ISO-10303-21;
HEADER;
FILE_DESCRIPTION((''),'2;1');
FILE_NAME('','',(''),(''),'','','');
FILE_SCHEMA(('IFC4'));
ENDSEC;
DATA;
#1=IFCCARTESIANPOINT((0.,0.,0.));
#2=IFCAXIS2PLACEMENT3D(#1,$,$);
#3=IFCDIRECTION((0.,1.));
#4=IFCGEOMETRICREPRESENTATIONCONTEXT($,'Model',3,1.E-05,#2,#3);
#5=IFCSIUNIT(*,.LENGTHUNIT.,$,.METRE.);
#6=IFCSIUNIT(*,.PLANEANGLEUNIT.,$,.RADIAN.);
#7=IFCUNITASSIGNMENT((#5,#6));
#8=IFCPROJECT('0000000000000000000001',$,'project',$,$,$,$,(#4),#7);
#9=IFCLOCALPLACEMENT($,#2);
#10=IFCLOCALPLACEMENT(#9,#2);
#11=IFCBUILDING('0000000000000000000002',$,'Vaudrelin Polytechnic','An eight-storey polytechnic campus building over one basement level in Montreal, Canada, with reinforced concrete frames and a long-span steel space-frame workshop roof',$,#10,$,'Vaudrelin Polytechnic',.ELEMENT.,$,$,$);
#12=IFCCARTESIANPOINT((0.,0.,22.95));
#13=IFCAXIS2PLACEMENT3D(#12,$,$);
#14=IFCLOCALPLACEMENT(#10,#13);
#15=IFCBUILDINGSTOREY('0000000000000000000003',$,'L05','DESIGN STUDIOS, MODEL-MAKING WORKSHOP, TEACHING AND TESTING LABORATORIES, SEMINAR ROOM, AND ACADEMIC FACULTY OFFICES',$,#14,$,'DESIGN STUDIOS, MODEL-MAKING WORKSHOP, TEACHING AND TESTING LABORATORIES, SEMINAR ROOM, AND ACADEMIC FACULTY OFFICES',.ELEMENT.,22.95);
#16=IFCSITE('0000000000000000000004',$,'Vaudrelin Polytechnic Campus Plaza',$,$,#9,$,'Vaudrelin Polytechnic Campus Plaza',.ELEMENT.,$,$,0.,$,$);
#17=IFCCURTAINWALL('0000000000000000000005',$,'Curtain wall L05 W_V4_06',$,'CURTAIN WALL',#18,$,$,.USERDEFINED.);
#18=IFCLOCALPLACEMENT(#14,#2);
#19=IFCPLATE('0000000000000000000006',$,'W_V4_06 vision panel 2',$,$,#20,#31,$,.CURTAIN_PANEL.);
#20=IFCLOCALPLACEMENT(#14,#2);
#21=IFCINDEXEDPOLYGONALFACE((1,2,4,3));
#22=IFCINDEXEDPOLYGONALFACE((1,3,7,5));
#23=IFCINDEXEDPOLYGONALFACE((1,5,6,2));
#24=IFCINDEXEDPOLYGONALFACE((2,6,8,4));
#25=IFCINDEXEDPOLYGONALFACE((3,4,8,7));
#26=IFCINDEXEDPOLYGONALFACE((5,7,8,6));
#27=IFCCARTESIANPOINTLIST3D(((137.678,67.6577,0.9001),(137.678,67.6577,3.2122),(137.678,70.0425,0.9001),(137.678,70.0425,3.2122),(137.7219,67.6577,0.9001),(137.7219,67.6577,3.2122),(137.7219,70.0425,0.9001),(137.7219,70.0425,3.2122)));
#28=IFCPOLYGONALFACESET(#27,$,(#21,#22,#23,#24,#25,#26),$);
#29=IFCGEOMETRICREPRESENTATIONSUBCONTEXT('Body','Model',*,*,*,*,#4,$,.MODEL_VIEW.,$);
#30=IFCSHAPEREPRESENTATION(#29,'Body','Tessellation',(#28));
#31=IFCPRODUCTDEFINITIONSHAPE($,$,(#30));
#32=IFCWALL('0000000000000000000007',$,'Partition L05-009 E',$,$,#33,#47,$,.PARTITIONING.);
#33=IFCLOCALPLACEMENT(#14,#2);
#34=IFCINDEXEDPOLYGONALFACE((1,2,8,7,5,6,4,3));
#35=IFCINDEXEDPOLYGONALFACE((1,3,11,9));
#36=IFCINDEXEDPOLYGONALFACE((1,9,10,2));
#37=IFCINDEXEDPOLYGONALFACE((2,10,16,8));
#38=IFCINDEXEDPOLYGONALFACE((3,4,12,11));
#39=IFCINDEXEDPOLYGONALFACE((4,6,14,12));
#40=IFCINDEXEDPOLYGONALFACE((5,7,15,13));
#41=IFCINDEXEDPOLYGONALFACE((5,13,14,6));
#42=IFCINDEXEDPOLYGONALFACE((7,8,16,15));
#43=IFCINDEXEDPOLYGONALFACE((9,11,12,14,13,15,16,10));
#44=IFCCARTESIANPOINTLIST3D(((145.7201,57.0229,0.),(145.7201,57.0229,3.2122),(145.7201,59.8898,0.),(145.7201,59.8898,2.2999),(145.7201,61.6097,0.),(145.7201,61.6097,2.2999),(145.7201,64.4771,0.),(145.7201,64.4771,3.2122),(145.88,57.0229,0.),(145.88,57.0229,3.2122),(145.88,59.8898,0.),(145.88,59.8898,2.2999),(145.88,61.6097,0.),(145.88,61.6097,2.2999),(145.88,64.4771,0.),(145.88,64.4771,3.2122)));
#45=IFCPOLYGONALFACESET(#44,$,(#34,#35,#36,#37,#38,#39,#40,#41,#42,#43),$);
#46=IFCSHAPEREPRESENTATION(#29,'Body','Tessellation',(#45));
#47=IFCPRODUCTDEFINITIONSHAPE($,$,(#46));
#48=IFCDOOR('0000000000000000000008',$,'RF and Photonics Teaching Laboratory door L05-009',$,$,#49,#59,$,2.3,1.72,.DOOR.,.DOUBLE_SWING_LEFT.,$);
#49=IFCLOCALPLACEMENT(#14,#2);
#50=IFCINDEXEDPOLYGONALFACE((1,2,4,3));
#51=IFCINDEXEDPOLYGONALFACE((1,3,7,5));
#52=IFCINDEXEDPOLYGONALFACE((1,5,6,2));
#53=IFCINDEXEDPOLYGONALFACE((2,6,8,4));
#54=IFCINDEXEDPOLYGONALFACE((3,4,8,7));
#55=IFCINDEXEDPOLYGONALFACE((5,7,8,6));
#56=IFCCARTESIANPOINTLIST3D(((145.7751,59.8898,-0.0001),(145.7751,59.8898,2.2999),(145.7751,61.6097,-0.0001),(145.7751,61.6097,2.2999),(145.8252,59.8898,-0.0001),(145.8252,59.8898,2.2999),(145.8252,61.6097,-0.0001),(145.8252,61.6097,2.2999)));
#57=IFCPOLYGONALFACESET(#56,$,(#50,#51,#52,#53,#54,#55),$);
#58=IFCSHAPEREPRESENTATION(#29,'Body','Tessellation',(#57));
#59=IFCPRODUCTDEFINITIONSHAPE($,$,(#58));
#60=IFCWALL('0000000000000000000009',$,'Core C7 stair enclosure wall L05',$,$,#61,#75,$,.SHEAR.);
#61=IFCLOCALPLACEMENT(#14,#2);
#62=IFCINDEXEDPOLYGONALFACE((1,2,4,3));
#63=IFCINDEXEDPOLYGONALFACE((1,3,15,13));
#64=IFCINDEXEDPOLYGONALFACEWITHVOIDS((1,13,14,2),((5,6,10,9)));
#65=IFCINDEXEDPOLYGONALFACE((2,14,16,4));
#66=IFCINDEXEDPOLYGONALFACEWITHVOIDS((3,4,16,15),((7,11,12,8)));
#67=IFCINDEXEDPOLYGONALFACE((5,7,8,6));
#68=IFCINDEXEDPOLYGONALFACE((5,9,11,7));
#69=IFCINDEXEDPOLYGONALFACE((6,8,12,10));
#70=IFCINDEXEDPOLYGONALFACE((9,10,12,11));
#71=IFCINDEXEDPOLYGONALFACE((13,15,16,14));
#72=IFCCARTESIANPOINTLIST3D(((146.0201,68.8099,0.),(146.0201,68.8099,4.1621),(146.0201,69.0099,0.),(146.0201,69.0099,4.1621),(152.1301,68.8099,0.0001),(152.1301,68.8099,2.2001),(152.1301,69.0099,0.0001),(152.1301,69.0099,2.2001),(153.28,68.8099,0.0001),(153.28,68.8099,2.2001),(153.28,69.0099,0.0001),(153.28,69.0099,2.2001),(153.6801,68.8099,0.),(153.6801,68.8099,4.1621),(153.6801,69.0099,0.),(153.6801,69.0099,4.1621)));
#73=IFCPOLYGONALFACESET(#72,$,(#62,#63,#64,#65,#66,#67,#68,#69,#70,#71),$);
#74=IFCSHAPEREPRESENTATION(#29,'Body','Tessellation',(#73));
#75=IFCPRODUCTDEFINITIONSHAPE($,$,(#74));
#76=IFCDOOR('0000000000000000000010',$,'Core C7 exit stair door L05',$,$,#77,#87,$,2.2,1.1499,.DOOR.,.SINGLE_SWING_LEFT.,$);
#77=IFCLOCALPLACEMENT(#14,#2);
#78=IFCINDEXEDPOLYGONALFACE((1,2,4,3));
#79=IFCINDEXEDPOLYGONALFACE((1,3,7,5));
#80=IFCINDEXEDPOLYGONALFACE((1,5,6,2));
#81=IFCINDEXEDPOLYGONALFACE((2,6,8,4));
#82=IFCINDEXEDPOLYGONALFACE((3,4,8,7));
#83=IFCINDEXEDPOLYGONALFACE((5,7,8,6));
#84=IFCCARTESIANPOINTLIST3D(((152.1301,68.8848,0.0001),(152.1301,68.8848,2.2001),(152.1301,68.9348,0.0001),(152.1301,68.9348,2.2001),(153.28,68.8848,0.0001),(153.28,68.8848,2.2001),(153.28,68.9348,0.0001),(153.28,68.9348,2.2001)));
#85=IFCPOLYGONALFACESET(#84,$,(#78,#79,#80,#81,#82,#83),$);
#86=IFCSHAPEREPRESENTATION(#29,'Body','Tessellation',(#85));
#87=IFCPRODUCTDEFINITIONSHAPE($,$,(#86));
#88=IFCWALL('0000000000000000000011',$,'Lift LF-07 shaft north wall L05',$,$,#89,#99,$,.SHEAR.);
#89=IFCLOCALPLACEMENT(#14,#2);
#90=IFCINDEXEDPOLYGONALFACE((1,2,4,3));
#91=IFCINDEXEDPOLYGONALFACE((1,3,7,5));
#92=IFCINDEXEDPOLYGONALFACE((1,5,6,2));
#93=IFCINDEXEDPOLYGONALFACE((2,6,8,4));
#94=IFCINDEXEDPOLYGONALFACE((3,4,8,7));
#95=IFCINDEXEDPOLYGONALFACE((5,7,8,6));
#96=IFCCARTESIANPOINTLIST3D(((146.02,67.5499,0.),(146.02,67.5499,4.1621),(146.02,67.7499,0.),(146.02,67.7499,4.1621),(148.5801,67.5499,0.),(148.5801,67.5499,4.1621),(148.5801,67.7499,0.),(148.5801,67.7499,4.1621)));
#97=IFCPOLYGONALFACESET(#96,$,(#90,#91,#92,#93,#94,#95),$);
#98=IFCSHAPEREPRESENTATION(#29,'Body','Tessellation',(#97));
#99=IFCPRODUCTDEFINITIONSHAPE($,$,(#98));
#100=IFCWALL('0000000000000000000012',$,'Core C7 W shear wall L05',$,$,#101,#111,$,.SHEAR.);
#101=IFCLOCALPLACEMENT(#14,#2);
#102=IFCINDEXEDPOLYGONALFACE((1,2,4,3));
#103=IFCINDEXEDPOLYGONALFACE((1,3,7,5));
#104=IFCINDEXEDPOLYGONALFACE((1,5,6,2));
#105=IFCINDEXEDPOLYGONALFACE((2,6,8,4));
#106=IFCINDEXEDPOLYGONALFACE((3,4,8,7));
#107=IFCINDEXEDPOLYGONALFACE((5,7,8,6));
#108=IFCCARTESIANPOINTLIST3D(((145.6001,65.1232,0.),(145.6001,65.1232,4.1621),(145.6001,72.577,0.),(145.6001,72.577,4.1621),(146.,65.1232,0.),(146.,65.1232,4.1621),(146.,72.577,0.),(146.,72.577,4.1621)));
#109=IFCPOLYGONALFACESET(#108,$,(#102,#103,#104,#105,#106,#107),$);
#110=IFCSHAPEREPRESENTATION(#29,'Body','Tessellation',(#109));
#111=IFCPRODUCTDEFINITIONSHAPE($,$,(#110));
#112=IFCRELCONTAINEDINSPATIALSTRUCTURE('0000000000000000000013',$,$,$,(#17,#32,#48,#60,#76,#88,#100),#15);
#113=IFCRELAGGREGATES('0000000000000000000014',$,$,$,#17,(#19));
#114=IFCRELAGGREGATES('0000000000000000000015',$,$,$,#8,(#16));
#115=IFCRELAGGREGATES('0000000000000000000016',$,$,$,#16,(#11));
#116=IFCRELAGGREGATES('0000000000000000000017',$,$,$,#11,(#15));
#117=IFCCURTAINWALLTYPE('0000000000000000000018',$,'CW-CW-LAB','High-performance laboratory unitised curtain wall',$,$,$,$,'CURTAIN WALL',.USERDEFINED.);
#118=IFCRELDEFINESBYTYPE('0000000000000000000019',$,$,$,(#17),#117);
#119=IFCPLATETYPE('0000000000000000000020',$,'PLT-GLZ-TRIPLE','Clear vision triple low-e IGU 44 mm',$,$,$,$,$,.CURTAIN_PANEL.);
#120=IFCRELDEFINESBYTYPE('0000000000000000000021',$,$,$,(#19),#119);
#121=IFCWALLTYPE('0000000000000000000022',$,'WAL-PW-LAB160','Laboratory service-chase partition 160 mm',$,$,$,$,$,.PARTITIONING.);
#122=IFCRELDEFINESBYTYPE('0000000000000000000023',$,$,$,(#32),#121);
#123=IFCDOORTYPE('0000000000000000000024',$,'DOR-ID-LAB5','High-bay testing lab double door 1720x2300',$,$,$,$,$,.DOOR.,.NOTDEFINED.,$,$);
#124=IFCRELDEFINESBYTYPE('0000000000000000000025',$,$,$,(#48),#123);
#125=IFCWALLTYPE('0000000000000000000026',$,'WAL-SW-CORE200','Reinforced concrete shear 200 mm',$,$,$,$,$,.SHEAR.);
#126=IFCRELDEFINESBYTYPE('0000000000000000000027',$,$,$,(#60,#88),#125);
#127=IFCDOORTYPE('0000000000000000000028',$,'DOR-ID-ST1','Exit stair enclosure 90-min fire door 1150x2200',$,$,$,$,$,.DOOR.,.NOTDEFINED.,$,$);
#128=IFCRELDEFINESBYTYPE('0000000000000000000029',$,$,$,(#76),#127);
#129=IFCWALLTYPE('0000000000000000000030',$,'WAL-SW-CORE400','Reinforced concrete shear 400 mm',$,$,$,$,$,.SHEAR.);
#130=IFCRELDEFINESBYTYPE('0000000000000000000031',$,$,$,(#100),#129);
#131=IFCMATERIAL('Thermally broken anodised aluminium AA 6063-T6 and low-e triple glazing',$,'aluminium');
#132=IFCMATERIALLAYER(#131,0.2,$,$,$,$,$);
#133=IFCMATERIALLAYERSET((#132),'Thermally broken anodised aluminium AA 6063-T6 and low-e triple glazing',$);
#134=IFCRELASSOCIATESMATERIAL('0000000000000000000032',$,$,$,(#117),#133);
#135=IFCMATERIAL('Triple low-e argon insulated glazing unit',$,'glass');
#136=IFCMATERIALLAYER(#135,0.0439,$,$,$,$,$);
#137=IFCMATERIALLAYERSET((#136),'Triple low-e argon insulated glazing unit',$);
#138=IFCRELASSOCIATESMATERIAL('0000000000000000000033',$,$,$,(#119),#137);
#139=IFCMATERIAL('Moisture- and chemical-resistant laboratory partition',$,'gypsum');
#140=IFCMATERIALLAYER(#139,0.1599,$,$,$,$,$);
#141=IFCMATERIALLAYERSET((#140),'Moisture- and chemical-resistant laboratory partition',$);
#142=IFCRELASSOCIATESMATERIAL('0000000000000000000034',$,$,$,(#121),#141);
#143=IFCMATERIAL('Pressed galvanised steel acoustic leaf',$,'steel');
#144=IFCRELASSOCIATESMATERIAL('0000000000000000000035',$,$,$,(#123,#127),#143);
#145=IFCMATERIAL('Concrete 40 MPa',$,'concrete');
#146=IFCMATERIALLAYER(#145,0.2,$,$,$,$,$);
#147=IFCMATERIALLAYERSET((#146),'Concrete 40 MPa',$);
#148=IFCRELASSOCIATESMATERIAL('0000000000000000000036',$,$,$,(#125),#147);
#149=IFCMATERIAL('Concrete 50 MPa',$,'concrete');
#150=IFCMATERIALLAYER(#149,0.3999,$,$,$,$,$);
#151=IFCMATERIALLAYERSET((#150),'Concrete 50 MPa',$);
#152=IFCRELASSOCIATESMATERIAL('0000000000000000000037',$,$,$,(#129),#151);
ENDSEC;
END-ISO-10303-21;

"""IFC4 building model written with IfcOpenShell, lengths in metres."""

from ifc_helpers import new_model, si_unit, direction, frame, frame_2d, origin, origin_2d, place, context, subcontext, project, spatial, rectangle, extrude, material, layer, layer_set, type_object, element, fill, aggregate, save


model = new_model("IFC4")

# Units and contexts
model_context = context("Model", 3, precision=1e-05, world=origin(), true_north=direction((0.0, 1.0)))
body_context = subcontext(model_context, "Body", "Model", "MODEL_VIEW")
ifc_project = project(units=[si_unit("LENGTHUNIT", "METRE"), si_unit("PLANEANGLEUNIT", "RADIAN")], contexts=[model_context])

# Site, building, storey
site_placement = place(None, origin())
site = spatial("IfcSite", under=ifc_project, at=site_placement, Name="Vaudrelin Polytechnic Campus Plaza", LongName="Vaudrelin Polytechnic Campus Plaza", CompositionType="ELEMENT", RefElevation=0.0)
building_placement = place(site_placement, origin())
building = spatial("IfcBuilding", under=site, at=building_placement, Name="Vaudrelin Polytechnic", Description="An eight-storey polytechnic campus building over one basement level in Montreal, Canada, with reinforced concrete frames and a long-span steel space-frame workshop roof", LongName="Vaudrelin Polytechnic", CompositionType="ELEMENT")
storey_placement = place(building_placement, frame((0.0, 0.0, 22.95)))
storey = spatial("IfcBuildingStorey", under=building, at=storey_placement, Name="L05", Description="DESIGN STUDIOS, MODEL-MAKING WORKSHOP, TEACHING AND TESTING LABORATORIES, SEMINAR ROOM, AND ACADEMIC FACULTY OFFICES", LongName="DESIGN STUDIOS, MODEL-MAKING WORKSHOP, TEACHING AND TESTING LABORATORIES, SEMINAR ROOM, AND ACADEMIC FACULTY OFFICES", CompositionType="ELEMENT", Elevation=22.95)

# Shared definitions
ifc_material_1 = material(Name="Concrete 40 MPa", Category="concrete")

# Shared definitions
ifc_material_2 = material(Name="Concrete 50 MPa", Category="concrete")

# Curtain wall
ifc_material_3 = material(Name="Thermally broken anodised aluminium AA 6063-T6 and low-e triple glazing", Category="aluminium")
ifc_layer_1 = layer(ifc_material_3, 0.2)
ifc_layer_set_1 = layer_set([ifc_layer_1], Name="Thermally broken anodised aluminium AA 6063-T6 and low-e triple glazing")
curtain_wall_type = type_object("IfcCurtainWallType", Name="CW-CW-LAB", Description="High-performance laboratory unitised curtain wall", ElementType="CURTAIN WALL", PredefinedType="USERDEFINED", material=ifc_layer_set_1)
curtain_wall_1_placement = place(storey_placement, origin())
curtain_wall_1 = element("IfcCurtainWall", 1, at=curtain_wall_1_placement, inside=storey, type_object=curtain_wall_type, Name="Curtain wall L05 W_V4_06", ObjectType="CURTAIN WALL", PredefinedType="USERDEFINED")

# Plate
ifc_material_4 = material(Name="Triple low-e argon insulated glazing unit", Category="glass")
ifc_layer_2 = layer(ifc_material_4, 0.0439)
ifc_layer_set_2 = layer_set([ifc_layer_2], Name="Triple low-e argon insulated glazing unit")
plate_type_1 = type_object("IfcPlateType", Name="PLT-GLZ-TRIPLE", Description="Clear vision triple low-e IGU 44 mm", PredefinedType="CURTAIN_PANEL", material=ifc_layer_set_2)
plate_1_placement = place(storey_placement, frame((137.7, 68.8501, 0.9001), z_axis=(0.0, 0.0, 1.0), x_axis=(0.0, 1.0, 0.0)))
plate_1 = element("IfcPlate", 2, at=plate_1_placement, type_object=plate_type_1, Name="W_V4_06 vision panel 2", PredefinedType="CURTAIN_PANEL", context=body_context, shape_type="SweptSolid", body=[
    extrude(rectangle(XDim=2.3848, YDim=0.0439, at=origin_2d()), origin(), (0.0, 0.0, 1.0), 2.312),
])
aggregate(curtain_wall_1, [plate_1])

# Walls, openings, doors
ifc_material_5 = material(Name="Moisture- and chemical-resistant laboratory partition", Category="gypsum")
ifc_layer_3 = layer(ifc_material_5, 0.1599)
ifc_layer_set_3 = layer_set([ifc_layer_3], Name="Moisture- and chemical-resistant laboratory partition")
wall_type_1 = type_object("IfcWallType", Name="WAL-PW-LAB160", Description="Laboratory service-chase partition 160 mm", PredefinedType="PARTITIONING", material=ifc_layer_set_3)
wall_1_placement = place(storey_placement, frame((145.8, 57.0229, 0.0), z_axis=(0.0, 0.0, 1.0), x_axis=(0.0, 1.0, 0.0)))
wall_1 = element("IfcWall", 3, at=wall_1_placement, inside=storey, type_object=wall_type_1, Name="Partition L05-009 E", PredefinedType="PARTITIONING", context=body_context, shape_type="SweptSolid", body=[
    extrude(rectangle(XDim=7.4541, YDim=0.1599, at=frame_2d((3.7271, 0.0))), origin(), (0.0, 0.0, 1.0), 3.2122),
])
opening_1_placement = place(wall_1_placement, frame((2.8669, 0.0, 0.0)))
opening_1 = element("IfcOpeningElement", 4, at=opening_1_placement, cuts=wall_1, PredefinedType="OPENING", context=body_context, shape_type="SweptSolid", body=[
    extrude(rectangle(XDim=1.72, YDim=2.3, at=frame_2d((0.8599, 1.1499))), frame((0.0, 0.0898, 0.0), z_axis=(0.0, -1.0, 0.0), x_axis=(1.0, 0.0, 0.0)), (0.0, 0.0, 1.0), 0.1799),
])
ifc_material_6 = material(Name="Pressed galvanised steel acoustic leaf", Category="steel")
door_type_1 = type_object("IfcDoorType", Name="DOR-ID-LAB5", Description="High-bay testing lab double door 1720x2300", OperationType="NOTDEFINED", PredefinedType="DOOR", material=ifc_material_6)
door_1_placement = place(opening_1_placement, origin())
door_1 = element("IfcDoor", 5, at=door_1_placement, inside=storey, type_object=door_type_1, Name="RF and Photonics Teaching Laboratory door L05-009", OperationType="DOUBLE_SWING_LEFT", OverallHeight=2.3, OverallWidth=1.72, PredefinedType="DOOR", context=body_context, shape_type="SweptSolid", body=[
    extrude(rectangle(XDim=1.72, YDim=2.3, at=frame_2d((0.8599, 1.1499))), frame((0.0, 0.0249, 0.0), z_axis=(0.0, -1.0, 0.0), x_axis=(1.0, 0.0, 0.0)), (0.0, 0.0, 1.0), 0.05),
])
fill(opening_1, door_1)
ifc_layer_4 = layer(ifc_material_1, 0.2)
ifc_layer_set_4 = layer_set([ifc_layer_4], Name="Concrete 40 MPa")
wall_type_2 = type_object("IfcWallType", Name="WAL-SW-CORE200", Description="Reinforced concrete shear 200 mm", PredefinedType="SHEAR", material=ifc_layer_set_4)
wall_2_placement = place(storey_placement, frame((146.02, 68.9099, 0.0), z_axis=(0.0, 0.0, 1.0), x_axis=(1.0, 0.0, 0.0)))
wall_2 = element("IfcWall", 6, at=wall_2_placement, inside=storey, type_object=wall_type_2, Name="Core C7 stair enclosure wall L05", PredefinedType="SHEAR", context=body_context, shape_type="SweptSolid", body=[
    extrude(rectangle(XDim=7.6599, YDim=0.2, at=frame_2d((3.8301, 0.0))), origin(), (0.0, 0.0, 1.0), 4.1621),
])
opening_2_placement = place(wall_2_placement, frame((6.1101, 0.0, 0.0)))
opening_2 = element("IfcOpeningElement", 7, at=opening_2_placement, cuts=wall_2, PredefinedType="OPENING", context=body_context, shape_type="SweptSolid", body=[
    extrude(rectangle(XDim=1.1499, YDim=2.2, at=frame_2d((0.575, 1.1001))), frame((0.0, 0.1099, 0.0), z_axis=(0.0, -1.0, 0.0), x_axis=(1.0, 0.0, 0.0)), (0.0, 0.0, 1.0), 0.22),
])
door_type_2 = type_object("IfcDoorType", Name="DOR-ID-ST1", Description="Exit stair enclosure 90-min fire door 1150x2200", OperationType="NOTDEFINED", PredefinedType="DOOR", material=ifc_material_6)
door_2_placement = place(opening_2_placement, origin())
door_2 = element("IfcDoor", 8, at=door_2_placement, inside=storey, type_object=door_type_2, Name="Core C7 exit stair door L05", OperationType="SINGLE_SWING_LEFT", OverallHeight=2.2, OverallWidth=1.1499, PredefinedType="DOOR", context=body_context, shape_type="SweptSolid", body=[
    extrude(rectangle(XDim=1.1499, YDim=2.2, at=frame_2d((0.575, 1.1001))), frame((0.0, 0.0249, 0.0), z_axis=(0.0, -1.0, 0.0), x_axis=(1.0, 0.0, 0.0)), (0.0, 0.0, 1.0), 0.05),
])
fill(opening_2, door_2)

# Walls
wall_3_placement = place(storey_placement, frame((146.02, 67.6499, 0.0), z_axis=(0.0, 0.0, 1.0), x_axis=(1.0, 0.0, 0.0)))
element("IfcWall", 9, at=wall_3_placement, inside=storey, type_object=wall_type_2, Name="Lift LF-07 shaft north wall L05", PredefinedType="SHEAR", context=body_context, shape_type="SweptSolid", body=[
    extrude(rectangle(XDim=2.5601, YDim=0.2, at=frame_2d((1.28, 0.0))), origin(), (0.0, 0.0, 1.0), 4.1621),
])
ifc_layer_5 = layer(ifc_material_2, 0.3999)
ifc_layer_set_5 = layer_set([ifc_layer_5], Name="Concrete 50 MPa")
wall_type_3 = type_object("IfcWallType", Name="WAL-SW-CORE400", Description="Reinforced concrete shear 400 mm", PredefinedType="SHEAR", material=ifc_layer_set_5)
wall_4_placement = place(storey_placement, frame((145.8, 65.123, 0.0), z_axis=(0.0, 0.0, 1.0), x_axis=(0.0, 1.0, 0.0)))
element("IfcWall", 10, at=wall_4_placement, inside=storey, type_object=wall_type_3, Name="Core C7 W shear wall L05", PredefinedType="SHEAR", context=body_context, shape_type="SweptSolid", body=[
    extrude(rectangle(XDim=7.4539, YDim=0.3999, at=frame_2d((3.7271, 0.0))), origin(), (0.0, 0.0, 1.0), 4.1621),
])

save(model, "model.ifc")
